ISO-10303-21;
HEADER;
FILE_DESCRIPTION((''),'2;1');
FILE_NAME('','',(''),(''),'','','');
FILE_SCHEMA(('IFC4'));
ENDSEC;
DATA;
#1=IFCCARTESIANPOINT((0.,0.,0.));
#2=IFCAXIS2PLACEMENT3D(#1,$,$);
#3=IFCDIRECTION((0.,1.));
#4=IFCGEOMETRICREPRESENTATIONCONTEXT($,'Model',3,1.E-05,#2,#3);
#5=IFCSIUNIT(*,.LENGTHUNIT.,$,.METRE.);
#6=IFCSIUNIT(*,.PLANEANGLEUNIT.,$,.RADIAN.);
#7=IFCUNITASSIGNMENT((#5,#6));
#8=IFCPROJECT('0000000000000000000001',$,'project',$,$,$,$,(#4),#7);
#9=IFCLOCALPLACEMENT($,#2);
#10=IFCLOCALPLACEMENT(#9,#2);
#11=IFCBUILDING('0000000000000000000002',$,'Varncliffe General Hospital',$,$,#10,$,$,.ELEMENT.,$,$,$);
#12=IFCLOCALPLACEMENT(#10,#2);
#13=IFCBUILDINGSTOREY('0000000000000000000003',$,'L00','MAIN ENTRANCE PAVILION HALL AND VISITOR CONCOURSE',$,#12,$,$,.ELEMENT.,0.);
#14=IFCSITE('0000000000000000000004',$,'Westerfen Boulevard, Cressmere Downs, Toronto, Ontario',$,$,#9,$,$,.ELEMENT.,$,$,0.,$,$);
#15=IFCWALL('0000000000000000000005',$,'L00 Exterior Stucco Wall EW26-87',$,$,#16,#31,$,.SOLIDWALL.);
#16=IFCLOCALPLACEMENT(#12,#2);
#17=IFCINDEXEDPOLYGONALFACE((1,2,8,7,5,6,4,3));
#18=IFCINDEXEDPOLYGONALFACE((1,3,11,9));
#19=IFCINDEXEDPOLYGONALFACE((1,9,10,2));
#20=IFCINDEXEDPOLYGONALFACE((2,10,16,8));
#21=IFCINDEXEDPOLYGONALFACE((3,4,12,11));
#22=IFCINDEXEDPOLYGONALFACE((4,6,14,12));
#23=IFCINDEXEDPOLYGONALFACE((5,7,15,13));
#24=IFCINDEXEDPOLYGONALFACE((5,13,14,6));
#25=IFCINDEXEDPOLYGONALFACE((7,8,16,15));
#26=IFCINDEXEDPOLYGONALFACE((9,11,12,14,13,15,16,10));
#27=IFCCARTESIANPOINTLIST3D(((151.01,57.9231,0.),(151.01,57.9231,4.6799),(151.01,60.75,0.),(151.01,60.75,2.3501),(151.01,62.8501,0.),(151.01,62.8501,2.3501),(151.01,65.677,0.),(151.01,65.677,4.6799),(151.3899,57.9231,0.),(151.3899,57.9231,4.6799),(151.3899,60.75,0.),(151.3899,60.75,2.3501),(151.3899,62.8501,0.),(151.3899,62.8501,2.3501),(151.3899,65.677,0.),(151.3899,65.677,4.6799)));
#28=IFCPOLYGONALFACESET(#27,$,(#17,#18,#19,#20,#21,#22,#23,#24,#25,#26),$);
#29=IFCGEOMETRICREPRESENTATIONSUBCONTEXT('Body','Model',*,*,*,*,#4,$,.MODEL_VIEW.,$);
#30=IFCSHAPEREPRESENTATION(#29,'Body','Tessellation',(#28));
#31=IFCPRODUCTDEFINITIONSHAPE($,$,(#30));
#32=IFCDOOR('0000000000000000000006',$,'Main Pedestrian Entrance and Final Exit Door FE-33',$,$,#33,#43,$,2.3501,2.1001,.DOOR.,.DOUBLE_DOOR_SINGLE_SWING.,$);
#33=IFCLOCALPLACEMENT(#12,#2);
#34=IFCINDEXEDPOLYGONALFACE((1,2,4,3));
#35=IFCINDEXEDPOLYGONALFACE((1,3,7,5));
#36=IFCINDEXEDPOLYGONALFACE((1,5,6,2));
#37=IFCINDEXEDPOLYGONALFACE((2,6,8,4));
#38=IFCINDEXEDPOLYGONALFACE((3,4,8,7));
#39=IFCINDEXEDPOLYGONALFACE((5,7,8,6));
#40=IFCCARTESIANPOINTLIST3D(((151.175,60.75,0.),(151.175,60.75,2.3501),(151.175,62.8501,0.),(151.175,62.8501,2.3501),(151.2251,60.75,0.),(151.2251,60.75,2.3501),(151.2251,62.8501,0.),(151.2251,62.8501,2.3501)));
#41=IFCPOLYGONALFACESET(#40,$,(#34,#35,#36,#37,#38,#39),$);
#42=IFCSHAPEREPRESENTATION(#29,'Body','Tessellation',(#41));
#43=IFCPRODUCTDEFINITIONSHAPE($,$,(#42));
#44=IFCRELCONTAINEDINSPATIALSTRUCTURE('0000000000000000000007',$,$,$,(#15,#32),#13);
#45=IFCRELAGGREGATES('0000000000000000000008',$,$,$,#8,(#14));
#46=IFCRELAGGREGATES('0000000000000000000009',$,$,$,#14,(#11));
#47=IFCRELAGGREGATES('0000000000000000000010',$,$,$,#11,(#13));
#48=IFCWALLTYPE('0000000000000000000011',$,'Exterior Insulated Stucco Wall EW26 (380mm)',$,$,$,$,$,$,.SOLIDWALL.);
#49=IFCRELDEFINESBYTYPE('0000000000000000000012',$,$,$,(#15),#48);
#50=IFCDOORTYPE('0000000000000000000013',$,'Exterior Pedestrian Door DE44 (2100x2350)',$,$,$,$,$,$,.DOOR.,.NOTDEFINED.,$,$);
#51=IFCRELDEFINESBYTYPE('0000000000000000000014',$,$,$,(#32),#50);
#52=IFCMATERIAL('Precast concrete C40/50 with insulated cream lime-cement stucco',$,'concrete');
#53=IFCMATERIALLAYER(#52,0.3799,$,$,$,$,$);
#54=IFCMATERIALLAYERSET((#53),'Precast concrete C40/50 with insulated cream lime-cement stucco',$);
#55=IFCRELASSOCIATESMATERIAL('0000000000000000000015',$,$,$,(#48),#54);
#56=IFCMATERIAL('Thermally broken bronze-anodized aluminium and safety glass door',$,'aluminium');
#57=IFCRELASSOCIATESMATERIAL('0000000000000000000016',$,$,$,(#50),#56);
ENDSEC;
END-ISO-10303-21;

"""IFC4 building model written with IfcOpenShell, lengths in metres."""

from ifc_helpers import new_model, si_unit, direction, frame, frame_2d, origin, place, context, subcontext, project, spatial, rectangle, extrude, material, layer, layer_set, type_object, element, fill, save


model = new_model("IFC4")

# Units and contexts
model_context = context("Model", 3, precision=1e-05, world=origin(), true_north=direction((0.0, 1.0)))
body_context = subcontext(model_context, "Body", "Model", "MODEL_VIEW")
ifc_project = project(units=[si_unit("LENGTHUNIT", "METRE"), si_unit("PLANEANGLEUNIT", "RADIAN")], contexts=[model_context])

# Site, building, storey
site_placement = place(None, origin())
site = spatial("IfcSite", under=ifc_project, at=site_placement, Name="Westerfen Boulevard, Cressmere Downs, Toronto, Ontario", CompositionType="ELEMENT", RefElevation=0.0)
building_placement = place(site_placement, origin())
building = spatial("IfcBuilding", under=site, at=building_placement, Name="Varncliffe General Hospital", CompositionType="ELEMENT")
storey_placement = place(building_placement, origin())
storey = spatial("IfcBuildingStorey", under=building, at=storey_placement, Name="L00", Description="MAIN ENTRANCE PAVILION HALL AND VISITOR CONCOURSE", CompositionType="ELEMENT", Elevation=0.0)

# Wall, opening, door
ifc_material_1 = material(Name="Precast concrete C40/50 with insulated cream lime-cement stucco", Category="concrete")
ifc_layer_1 = layer(ifc_material_1, 0.3799)
ifc_layer_set_1 = layer_set([ifc_layer_1], Name="Precast concrete C40/50 with insulated cream lime-cement stucco")
wall_type = type_object("IfcWallType", Name="Exterior Insulated Stucco Wall EW26 (380mm)", PredefinedType="SOLIDWALL", material=ifc_layer_set_1)
wall_placement = place(storey_placement, frame((151.2, 57.9231, 0.0), z_axis=(0.0, 0.0, 1.0), x_axis=(0.0, 1.0, 0.0)))
wall = element("IfcWall", 1, at=wall_placement, inside=storey, type_object=wall_type, Name="L00 Exterior Stucco Wall EW26-87", PredefinedType="SOLIDWALL", context=body_context, shape_type="SweptSolid", body=[
    extrude(rectangle(XDim=7.7539, YDim=0.3799, at=frame_2d((3.877, 0.0))), origin(), (0.0, 0.0, 1.0), 4.6799),
])
opening_placement = place(wall_placement, frame((2.8269, 0.0, 0.0)))
opening = element("IfcOpeningElement", 2, at=opening_placement, cuts=wall, PredefinedType="OPENING", context=body_context, shape_type="SweptSolid", body=[
    extrude(rectangle(XDim=2.1001, YDim=2.3501, at=frame_2d((1.05, 1.175))), frame((0.0, 0.2, 0.0), z_axis=(0.0, -1.0, 0.0), x_axis=(1.0, 0.0, 0.0)), (0.0, 0.0, 1.0), 0.3999),
])
ifc_material_2 = material(Name="Thermally broken bronze-anodized aluminium and safety glass door", Category="aluminium")
door_type = type_object("IfcDoorType", Name="Exterior Pedestrian Door DE44 (2100x2350)", OperationType="NOTDEFINED", PredefinedType="DOOR", material=ifc_material_2)
door_placement = place(opening_placement, origin())
door = element("IfcDoor", 3, at=door_placement, inside=storey, type_object=door_type, Name="Main Pedestrian Entrance and Final Exit Door FE-33", OperationType="DOUBLE_DOOR_SINGLE_SWING", OverallHeight=2.3501, OverallWidth=2.1001, PredefinedType="DOOR", context=body_context, shape_type="SweptSolid", body=[
    extrude(rectangle(XDim=2.1001, YDim=2.3501, at=frame_2d((1.05, 1.175))), frame((0.0, 0.0249, 0.0), z_axis=(0.0, -1.0, 0.0), x_axis=(1.0, 0.0, 0.0)), (0.0, 0.0, 1.0), 0.05),
])
fill(opening, door)

save(model, "model.ifc")
